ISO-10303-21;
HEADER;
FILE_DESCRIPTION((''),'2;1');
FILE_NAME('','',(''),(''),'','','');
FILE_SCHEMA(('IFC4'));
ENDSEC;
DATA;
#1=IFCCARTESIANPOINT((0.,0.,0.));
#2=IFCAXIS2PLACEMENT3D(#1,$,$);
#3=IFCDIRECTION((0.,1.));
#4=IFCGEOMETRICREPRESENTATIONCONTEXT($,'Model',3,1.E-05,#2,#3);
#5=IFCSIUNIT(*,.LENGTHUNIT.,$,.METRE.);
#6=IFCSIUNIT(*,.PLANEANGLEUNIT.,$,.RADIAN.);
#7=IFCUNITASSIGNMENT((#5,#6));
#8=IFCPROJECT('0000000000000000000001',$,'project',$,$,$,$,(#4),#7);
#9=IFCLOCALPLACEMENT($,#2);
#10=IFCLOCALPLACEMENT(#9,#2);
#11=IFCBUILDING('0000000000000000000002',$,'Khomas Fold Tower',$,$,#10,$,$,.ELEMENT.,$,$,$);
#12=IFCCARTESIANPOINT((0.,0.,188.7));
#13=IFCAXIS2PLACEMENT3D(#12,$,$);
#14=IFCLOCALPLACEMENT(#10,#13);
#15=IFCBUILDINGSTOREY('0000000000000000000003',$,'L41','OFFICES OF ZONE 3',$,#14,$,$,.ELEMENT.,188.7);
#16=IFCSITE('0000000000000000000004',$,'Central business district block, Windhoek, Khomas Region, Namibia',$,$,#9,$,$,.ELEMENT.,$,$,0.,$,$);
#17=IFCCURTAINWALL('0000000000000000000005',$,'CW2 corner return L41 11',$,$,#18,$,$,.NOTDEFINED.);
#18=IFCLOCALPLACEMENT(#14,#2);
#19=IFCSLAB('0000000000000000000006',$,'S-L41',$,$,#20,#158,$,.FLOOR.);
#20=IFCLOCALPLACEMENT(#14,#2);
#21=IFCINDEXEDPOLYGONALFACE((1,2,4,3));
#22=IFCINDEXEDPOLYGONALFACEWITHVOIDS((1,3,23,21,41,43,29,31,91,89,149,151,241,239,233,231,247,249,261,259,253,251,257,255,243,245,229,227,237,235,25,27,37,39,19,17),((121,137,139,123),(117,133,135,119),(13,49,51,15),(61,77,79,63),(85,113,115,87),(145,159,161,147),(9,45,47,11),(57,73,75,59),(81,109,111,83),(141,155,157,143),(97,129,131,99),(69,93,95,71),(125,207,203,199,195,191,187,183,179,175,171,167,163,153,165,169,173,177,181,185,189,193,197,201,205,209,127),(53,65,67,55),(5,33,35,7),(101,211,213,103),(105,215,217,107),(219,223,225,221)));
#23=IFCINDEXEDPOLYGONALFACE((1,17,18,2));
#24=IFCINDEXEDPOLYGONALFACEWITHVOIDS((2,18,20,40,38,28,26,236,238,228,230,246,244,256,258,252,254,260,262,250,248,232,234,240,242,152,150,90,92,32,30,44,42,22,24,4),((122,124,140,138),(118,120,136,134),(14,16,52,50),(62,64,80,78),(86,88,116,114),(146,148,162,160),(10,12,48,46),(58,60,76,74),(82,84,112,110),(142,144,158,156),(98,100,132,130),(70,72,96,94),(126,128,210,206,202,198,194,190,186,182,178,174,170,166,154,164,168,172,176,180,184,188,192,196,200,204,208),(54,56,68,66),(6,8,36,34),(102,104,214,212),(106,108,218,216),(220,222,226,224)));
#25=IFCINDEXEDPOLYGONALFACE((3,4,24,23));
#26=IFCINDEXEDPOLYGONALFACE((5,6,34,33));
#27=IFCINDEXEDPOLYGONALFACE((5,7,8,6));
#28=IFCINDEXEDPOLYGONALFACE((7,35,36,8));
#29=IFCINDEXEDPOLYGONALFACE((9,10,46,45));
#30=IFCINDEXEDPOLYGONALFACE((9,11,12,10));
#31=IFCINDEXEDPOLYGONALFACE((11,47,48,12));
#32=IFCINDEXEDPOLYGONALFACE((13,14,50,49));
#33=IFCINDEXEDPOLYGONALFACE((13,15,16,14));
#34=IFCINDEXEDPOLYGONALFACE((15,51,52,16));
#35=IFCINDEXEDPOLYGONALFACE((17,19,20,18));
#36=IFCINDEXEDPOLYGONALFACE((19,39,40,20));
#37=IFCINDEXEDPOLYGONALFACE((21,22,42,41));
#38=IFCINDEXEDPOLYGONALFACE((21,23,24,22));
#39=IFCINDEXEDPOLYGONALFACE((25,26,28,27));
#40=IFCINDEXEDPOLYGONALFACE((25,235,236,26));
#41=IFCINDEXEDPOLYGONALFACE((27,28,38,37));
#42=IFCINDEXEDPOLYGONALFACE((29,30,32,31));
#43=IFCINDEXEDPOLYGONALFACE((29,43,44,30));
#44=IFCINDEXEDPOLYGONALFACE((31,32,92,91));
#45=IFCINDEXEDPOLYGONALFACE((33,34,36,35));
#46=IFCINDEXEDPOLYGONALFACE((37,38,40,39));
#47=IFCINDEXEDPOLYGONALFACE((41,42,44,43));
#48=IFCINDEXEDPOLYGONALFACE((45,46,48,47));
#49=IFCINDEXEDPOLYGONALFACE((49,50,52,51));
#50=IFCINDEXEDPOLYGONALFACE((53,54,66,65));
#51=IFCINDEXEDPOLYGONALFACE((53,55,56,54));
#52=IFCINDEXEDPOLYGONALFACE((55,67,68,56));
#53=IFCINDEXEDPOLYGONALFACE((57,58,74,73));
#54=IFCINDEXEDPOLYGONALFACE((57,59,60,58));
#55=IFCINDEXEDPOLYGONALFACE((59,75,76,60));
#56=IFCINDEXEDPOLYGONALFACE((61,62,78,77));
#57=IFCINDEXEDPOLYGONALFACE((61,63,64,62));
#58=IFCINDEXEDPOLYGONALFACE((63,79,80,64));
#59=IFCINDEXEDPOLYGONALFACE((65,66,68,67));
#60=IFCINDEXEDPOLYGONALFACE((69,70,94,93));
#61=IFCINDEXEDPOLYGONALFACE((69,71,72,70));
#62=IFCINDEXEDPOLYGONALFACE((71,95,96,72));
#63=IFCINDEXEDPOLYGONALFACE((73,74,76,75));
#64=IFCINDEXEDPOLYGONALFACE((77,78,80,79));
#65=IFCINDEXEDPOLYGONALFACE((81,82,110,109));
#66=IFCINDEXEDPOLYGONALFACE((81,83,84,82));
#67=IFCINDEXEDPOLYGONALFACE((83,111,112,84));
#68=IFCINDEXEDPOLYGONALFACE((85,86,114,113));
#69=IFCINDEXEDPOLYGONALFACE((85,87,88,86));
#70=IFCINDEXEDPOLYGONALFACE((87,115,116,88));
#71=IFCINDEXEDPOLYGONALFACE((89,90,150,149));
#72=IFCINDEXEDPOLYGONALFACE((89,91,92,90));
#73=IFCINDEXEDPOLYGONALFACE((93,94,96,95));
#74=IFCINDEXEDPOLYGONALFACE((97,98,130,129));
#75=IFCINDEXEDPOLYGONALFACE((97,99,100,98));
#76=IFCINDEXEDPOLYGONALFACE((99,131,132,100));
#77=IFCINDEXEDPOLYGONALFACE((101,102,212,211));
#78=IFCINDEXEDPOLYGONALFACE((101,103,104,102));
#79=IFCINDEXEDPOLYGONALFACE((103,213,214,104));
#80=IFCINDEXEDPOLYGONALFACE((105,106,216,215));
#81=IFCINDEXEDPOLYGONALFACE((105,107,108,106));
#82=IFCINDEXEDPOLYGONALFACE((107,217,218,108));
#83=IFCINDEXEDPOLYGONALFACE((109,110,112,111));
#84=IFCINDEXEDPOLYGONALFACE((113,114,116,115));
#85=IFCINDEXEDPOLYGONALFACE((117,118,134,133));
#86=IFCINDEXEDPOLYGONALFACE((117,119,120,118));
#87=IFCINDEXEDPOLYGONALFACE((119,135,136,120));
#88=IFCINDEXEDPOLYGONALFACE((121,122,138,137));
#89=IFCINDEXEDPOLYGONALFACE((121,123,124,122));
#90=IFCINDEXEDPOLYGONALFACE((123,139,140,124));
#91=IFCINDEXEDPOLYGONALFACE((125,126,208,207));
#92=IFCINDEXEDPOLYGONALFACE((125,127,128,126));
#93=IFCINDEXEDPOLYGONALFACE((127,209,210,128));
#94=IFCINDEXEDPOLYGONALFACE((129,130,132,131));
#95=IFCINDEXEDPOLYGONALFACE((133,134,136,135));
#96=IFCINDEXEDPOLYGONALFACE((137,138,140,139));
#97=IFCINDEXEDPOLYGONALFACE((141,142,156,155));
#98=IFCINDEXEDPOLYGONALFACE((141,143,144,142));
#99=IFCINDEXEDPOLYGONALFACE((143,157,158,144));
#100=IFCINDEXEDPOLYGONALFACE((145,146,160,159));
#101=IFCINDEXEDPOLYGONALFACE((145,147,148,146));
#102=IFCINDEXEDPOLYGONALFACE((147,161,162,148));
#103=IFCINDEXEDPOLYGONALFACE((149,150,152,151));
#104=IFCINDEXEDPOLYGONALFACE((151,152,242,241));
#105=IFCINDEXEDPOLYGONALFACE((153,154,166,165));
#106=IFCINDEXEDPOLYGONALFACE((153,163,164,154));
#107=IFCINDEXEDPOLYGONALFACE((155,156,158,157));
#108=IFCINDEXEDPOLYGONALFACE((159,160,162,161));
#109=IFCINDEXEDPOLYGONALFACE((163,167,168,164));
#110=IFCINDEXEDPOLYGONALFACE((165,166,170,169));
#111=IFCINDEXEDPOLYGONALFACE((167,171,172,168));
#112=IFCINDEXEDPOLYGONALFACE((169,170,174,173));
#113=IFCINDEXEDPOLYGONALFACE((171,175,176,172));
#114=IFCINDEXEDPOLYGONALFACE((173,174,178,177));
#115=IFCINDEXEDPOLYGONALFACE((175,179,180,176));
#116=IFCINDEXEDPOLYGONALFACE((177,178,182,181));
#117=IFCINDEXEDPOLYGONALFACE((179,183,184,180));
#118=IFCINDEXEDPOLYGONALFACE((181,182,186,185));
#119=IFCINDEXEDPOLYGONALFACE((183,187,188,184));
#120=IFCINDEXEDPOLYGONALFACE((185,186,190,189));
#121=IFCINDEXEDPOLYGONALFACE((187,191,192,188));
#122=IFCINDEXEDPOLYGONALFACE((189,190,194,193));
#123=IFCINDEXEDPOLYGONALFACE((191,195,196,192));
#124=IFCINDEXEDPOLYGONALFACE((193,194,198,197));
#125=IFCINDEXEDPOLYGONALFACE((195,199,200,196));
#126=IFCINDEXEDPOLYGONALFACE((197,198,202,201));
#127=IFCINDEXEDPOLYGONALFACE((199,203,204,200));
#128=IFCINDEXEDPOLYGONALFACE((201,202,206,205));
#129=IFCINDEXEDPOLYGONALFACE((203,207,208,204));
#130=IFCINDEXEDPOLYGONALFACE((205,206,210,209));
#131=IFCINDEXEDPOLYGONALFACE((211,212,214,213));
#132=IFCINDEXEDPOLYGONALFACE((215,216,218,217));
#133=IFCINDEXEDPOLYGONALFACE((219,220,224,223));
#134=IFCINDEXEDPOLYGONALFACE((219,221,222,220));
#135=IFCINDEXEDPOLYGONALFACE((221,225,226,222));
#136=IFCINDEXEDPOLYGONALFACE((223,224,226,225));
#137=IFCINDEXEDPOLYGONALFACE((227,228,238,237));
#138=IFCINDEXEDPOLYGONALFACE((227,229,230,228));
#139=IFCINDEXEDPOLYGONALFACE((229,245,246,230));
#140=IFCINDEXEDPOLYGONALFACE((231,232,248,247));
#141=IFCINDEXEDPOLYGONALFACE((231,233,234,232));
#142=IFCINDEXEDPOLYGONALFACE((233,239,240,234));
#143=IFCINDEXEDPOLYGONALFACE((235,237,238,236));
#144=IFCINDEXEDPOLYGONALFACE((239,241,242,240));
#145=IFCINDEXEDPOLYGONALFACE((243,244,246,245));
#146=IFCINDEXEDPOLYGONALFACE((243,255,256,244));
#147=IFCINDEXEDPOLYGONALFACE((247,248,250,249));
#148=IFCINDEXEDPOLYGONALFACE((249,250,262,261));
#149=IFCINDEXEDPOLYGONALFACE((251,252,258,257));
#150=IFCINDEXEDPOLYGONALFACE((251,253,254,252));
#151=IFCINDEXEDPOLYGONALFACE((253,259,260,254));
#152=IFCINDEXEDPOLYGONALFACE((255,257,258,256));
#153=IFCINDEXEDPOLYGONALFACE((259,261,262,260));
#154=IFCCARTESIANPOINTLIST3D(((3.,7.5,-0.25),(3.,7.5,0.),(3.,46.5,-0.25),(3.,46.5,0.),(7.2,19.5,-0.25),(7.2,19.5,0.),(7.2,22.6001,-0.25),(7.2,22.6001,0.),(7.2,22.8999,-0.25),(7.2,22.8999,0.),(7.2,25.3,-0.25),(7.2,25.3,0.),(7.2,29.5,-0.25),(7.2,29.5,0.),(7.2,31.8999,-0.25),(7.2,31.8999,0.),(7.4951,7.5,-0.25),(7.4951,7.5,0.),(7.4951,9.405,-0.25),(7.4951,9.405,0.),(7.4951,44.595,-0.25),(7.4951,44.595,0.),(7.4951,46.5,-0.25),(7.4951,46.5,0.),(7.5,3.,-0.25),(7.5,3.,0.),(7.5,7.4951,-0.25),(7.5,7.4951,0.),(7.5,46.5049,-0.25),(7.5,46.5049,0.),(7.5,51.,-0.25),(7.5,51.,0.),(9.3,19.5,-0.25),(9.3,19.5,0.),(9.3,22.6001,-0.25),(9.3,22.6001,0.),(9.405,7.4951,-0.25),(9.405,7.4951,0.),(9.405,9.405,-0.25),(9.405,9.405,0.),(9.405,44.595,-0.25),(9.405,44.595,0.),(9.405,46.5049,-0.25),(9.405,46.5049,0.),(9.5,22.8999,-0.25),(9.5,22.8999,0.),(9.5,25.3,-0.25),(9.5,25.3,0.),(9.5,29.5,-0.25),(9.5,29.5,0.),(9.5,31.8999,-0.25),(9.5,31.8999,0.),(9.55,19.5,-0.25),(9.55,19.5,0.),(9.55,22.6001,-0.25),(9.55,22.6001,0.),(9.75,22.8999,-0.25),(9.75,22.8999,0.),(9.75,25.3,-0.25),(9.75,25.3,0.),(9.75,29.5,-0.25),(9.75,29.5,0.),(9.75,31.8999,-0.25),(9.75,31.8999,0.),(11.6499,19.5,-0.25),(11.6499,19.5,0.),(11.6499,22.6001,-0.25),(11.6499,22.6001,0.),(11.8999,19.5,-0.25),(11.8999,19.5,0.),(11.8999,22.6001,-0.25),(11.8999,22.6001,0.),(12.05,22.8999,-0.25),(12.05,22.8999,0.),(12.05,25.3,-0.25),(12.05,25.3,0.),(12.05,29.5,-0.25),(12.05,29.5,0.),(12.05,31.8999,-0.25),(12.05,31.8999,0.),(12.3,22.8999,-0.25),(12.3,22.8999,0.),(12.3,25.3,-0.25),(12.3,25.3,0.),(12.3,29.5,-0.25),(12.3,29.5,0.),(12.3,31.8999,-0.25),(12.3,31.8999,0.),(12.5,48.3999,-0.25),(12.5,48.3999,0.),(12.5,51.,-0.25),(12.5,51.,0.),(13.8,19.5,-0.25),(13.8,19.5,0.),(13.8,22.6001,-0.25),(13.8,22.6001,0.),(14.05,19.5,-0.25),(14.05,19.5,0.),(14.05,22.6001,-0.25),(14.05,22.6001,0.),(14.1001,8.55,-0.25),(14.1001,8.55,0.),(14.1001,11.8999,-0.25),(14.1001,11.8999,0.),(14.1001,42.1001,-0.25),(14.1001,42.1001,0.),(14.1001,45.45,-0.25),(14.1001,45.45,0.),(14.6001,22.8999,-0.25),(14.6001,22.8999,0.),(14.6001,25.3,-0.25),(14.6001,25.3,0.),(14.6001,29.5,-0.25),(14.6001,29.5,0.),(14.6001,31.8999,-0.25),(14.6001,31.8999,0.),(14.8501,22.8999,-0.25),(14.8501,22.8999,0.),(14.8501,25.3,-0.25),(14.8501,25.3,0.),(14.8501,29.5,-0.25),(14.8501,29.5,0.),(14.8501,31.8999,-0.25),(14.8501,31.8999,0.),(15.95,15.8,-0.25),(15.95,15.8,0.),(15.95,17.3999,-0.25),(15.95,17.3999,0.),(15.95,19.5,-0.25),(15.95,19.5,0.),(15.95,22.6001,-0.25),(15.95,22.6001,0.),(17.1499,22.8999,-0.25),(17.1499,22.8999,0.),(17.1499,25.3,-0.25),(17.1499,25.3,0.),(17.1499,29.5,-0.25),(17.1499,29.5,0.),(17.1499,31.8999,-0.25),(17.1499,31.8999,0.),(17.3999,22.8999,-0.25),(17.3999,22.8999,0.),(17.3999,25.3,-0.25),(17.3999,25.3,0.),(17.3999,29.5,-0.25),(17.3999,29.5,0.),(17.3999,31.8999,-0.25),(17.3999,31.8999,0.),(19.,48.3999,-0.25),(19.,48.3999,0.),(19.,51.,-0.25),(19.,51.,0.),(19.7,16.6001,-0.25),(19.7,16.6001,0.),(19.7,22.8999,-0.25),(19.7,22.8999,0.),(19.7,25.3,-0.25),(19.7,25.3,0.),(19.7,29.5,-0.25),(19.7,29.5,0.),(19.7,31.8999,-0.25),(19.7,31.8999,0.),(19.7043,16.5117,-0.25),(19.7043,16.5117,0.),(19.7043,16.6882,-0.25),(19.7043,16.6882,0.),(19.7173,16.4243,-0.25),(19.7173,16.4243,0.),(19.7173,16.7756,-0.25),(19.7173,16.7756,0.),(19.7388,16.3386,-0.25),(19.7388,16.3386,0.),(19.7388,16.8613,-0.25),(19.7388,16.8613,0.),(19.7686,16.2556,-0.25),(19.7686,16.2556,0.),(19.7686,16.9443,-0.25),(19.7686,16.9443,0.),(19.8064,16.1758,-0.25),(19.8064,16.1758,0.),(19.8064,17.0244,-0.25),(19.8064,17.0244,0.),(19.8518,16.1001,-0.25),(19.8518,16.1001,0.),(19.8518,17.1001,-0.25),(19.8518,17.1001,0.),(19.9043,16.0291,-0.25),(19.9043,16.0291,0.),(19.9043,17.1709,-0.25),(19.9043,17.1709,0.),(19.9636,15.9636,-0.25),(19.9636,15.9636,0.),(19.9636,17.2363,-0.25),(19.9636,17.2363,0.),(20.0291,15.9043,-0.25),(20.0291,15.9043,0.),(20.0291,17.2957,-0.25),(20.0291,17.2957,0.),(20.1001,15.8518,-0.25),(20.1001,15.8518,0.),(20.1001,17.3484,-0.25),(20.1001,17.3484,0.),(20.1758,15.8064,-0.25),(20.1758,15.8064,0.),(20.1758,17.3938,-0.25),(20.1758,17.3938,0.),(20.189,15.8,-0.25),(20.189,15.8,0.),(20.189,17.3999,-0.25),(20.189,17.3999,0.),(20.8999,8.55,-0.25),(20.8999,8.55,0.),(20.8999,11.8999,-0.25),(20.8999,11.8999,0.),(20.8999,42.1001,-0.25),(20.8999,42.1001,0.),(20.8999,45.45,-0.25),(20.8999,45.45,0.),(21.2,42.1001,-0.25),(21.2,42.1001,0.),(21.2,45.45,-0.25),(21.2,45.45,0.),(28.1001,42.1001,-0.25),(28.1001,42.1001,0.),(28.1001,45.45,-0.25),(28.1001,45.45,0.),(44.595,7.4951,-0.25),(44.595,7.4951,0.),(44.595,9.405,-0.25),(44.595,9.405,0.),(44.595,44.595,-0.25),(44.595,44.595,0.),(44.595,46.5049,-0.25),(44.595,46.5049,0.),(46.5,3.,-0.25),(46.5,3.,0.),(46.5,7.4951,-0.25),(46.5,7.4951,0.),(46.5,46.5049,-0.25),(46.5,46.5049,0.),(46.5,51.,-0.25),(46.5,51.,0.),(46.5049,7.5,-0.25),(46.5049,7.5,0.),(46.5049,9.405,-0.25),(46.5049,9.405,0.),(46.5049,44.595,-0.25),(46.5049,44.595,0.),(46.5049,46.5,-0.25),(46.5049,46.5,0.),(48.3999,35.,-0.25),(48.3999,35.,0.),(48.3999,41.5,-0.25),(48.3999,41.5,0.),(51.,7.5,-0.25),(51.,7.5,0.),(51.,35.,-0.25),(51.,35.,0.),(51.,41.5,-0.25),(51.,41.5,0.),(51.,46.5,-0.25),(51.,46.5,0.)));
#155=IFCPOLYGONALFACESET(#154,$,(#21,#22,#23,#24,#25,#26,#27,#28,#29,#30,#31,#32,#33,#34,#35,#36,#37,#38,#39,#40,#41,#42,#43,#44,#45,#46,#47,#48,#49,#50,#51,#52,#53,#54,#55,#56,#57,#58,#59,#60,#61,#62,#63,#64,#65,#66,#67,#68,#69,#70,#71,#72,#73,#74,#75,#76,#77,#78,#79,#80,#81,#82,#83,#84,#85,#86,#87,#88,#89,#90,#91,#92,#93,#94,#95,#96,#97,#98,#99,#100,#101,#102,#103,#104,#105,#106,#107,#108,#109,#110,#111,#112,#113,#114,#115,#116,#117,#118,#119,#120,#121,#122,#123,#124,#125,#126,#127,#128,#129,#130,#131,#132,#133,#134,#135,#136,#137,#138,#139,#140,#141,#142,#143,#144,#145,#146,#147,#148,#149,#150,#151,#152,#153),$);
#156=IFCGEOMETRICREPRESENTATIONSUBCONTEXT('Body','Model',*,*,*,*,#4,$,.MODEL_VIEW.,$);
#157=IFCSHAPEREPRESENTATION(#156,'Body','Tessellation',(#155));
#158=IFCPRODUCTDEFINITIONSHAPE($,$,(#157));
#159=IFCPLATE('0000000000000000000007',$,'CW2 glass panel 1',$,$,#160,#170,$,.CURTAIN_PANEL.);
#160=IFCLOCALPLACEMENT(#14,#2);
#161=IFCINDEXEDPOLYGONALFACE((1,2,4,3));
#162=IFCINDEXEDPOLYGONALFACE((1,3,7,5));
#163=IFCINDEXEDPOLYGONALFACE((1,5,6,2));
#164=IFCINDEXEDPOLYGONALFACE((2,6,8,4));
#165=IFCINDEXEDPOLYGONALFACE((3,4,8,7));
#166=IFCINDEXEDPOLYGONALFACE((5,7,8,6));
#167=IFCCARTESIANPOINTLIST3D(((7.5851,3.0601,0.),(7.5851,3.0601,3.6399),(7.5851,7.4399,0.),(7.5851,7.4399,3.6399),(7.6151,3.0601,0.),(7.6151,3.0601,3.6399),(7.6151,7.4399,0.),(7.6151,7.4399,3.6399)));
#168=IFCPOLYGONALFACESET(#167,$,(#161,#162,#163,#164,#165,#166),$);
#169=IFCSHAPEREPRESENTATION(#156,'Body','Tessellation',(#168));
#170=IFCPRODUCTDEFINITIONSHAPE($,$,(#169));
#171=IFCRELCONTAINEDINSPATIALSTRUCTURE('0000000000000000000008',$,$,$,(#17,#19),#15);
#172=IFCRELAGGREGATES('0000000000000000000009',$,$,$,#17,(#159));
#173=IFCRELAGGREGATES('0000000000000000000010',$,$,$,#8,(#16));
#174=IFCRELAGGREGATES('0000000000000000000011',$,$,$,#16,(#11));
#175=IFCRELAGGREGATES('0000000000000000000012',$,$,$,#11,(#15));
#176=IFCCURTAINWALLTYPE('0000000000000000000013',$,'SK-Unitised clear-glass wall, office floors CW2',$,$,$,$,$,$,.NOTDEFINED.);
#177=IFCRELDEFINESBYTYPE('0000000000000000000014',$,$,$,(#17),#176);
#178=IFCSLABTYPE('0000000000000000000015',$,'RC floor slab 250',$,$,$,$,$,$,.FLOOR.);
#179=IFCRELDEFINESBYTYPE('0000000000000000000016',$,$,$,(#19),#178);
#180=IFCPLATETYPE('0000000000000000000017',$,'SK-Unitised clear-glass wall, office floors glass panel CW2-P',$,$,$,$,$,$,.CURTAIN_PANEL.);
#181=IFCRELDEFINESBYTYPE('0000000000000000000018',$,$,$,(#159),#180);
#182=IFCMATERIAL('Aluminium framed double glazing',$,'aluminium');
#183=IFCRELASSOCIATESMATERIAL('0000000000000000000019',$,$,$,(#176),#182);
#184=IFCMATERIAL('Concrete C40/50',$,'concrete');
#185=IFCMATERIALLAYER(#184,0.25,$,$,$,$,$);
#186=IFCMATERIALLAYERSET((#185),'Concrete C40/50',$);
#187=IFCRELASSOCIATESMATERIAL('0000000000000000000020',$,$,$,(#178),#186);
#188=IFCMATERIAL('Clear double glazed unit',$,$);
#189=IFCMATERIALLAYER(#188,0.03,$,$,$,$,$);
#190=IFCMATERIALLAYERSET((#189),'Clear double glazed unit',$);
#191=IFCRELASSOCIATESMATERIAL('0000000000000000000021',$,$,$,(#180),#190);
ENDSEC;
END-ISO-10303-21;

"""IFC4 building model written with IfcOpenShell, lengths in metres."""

from ifc_helpers import new_model, si_unit, direction, frame, origin, origin_2d, place, context, subcontext, project, spatial, polyline, rectangle, outline, extrude, source, transform, mapped, material, layer, layer_set, type_object, element, aggregate, save


model = new_model("IFC4")

# Units and contexts
model_context = context("Model", 3, precision=1e-05, world=origin(), true_north=direction((0.0, 1.0)))
body_context = subcontext(model_context, "Body", "Model", "MODEL_VIEW")
ifc_project = project(units=[si_unit("LENGTHUNIT", "METRE"), si_unit("PLANEANGLEUNIT", "RADIAN")], contexts=[model_context])

# Site, building, storey
site_placement = place(None, origin())
site = spatial("IfcSite", under=ifc_project, at=site_placement, Name="Central business district block, Windhoek, Khomas Region, Namibia", CompositionType="ELEMENT", RefElevation=0.0)
building_placement = place(site_placement, origin())
building = spatial("IfcBuilding", under=site, at=building_placement, Name="Khomas Fold Tower", CompositionType="ELEMENT")
storey_placement = place(building_placement, frame((0.0, 0.0, 188.7)))
storey = spatial("IfcBuildingStorey", under=building, at=storey_placement, Name="L41", Description="OFFICES OF ZONE 3", CompositionType="ELEMENT", Elevation=188.7)

# Curtain wall
ifc_material_1 = material(Name="Aluminium framed double glazing", Category="aluminium")
curtain_wall_type = type_object("IfcCurtainWallType", Name="SK-Unitised clear-glass wall, office floors CW2", PredefinedType="NOTDEFINED", material=ifc_material_1)
curtain_wall_1_placement = place(storey_placement, origin())
curtain_wall_1 = element("IfcCurtainWall", 1, at=curtain_wall_1_placement, inside=storey, type_object=curtain_wall_type, Name="CW2 corner return L41 11", PredefinedType="NOTDEFINED")

# Slab
ifc_material_2 = material(Name="Concrete C40/50", Category="concrete")
ifc_layer_1 = layer(ifc_material_2, 0.25)
ifc_layer_set_1 = layer_set([ifc_layer_1], Name="Concrete C40/50")
slab_type_1 = type_object("IfcSlabType", Name="RC floor slab 250", PredefinedType="FLOOR", material=ifc_layer_set_1)
shared_shape_1 = source(origin(), body_context, "Body", "SweptSolid", [
    extrude(outline(polyline([(3.0, 7.5), (7.4951, 7.5), (7.4951, 9.405), (9.405, 9.405), (9.405, 7.4951), (7.5, 7.4951), (7.5, 3.0), (46.5, 3.0), (46.5, 7.4951), (44.595, 7.4951), (44.595, 9.405), (46.5049, 9.405), (46.5049, 7.5), (51.0, 7.5), (51.0, 35.0), (48.3999, 35.0), (48.3999, 41.5), (51.0, 41.5), (51.0, 46.5), (46.5049, 46.5), (46.5049, 44.595), (44.595, 44.595), (44.595, 46.5049), (46.5, 46.5049), (46.5, 51.0), (19.0, 51.0), (19.0, 48.3999), (12.5, 48.3999), (12.5, 51.0), (7.5, 51.0), (7.5, 46.5049), (9.405, 46.5049), (9.405, 44.595), (7.4951, 44.595), (7.4951, 46.5), (3.0, 46.5), (3.0, 7.5)]), holes=[polyline([(7.2, 19.5), (7.2, 22.6001), (9.3, 22.6001), (9.3, 19.5), (7.2, 19.5)]), polyline([(7.2, 22.8999), (7.2, 25.3), (9.5, 25.3), (9.5, 22.8999), (7.2, 22.8999)]), polyline([(7.2, 29.5), (7.2, 31.8999), (9.5, 31.8999), (9.5, 29.5), (7.2, 29.5)]), polyline([(9.55, 19.5), (9.55, 22.6001), (11.6499, 22.6001), (11.6499, 19.5), (9.55, 19.5)]), polyline([(9.75, 22.8999), (9.75, 25.3), (12.05, 25.3), (12.05, 22.8999), (9.75, 22.8999)]), polyline([(9.75, 29.5), (9.75, 31.8999), (12.05, 31.8999), (12.05, 29.5), (9.75, 29.5)]), polyline([(11.8999, 19.5), (11.8999, 22.6001), (13.8, 22.6001), (13.8, 19.5), (11.8999, 19.5)]), polyline([(12.3, 22.8999), (12.3, 25.3), (14.6001, 25.3), (14.6001, 22.8999), (12.3, 22.8999)]), polyline([(12.3, 29.5), (12.3, 31.8999), (14.6001, 31.8999), (14.6001, 29.5), (12.3, 29.5)]), polyline([(14.05, 19.5), (14.05, 22.6001), (15.95, 22.6001), (15.95, 19.5), (14.05, 19.5)]), polyline([(14.1001, 8.55), (14.1001, 11.8999), (20.8999, 11.8999), (20.8999, 8.55), (14.1001, 8.55)]), polyline([(14.1001, 42.1001), (14.1001, 45.45), (20.8999, 45.45), (20.8999, 42.1001), (14.1001, 42.1001)]), polyline([(14.8501, 22.8999), (14.8501, 25.3), (17.1499, 25.3), (17.1499, 22.8999), (14.8501, 22.8999)]), polyline([(14.8501, 29.5), (14.8501, 31.8999), (17.1499, 31.8999), (17.1499, 29.5), (14.8501, 29.5)]), polyline([(15.95, 15.8), (15.95, 17.3999), (20.189, 17.3999), (20.1758, 17.3938), (20.1001, 17.3484), (20.0291, 17.2957), (19.9636, 17.2363), (19.9043, 17.1709), (19.8518, 17.1001), (19.8064, 17.0244), (19.7686, 16.9443), (19.7388, 16.8613), (19.7173, 16.7756), (19.7043, 16.6882), (19.7, 16.6001), (19.7043, 16.5117), (19.7173, 16.4243), (19.7388, 16.3386), (19.7686, 16.2556), (19.8064, 16.1758), (19.8518, 16.1001), (19.9043, 16.0291), (19.9636, 15.9636), (20.0291, 15.9043), (20.1001, 15.8518), (20.1758, 15.8064), (20.189, 15.8), (15.95, 15.8)]), polyline([(17.3999, 22.8999), (17.3999, 25.3), (19.7, 25.3), (19.7, 22.8999), (17.3999, 22.8999)]), polyline([(17.3999, 29.5), (17.3999, 31.8999), (19.7, 31.8999), (19.7, 29.5), (17.3999, 29.5)]), polyline([(21.2, 42.1001), (21.2, 45.45), (28.1001, 45.45), (28.1001, 42.1001), (21.2, 42.1001)])]), origin(), (0.0, 0.0, 1.0), 0.25),
])
slab_1_placement = place(storey_placement, frame((0.0, 0.0, -0.25)))
element("IfcSlab", 2, at=slab_1_placement, inside=storey, type_object=slab_type_1, Name="S-L41", PredefinedType="FLOOR", context=body_context, shape_type="MappedRepresentation", body=[
    mapped(shared_shape_1, transform((0.0, 0.0, 0.0))),
])

# Plate
ifc_material_3 = material(Name="Clear double glazed unit")
ifc_layer_2 = layer(ifc_material_3, 0.03)
ifc_layer_set_2 = layer_set([ifc_layer_2], Name="Clear double glazed unit")
plate_type_1 = type_object("IfcPlateType", Name="SK-Unitised clear-glass wall, office floors glass panel CW2-P", PredefinedType="CURTAIN_PANEL", material=ifc_layer_set_2)
shared_shape_2 = source(origin(), body_context, "Body", "SweptSolid", [
    extrude(rectangle(XDim=4.3799, YDim=0.03, at=origin_2d()), origin(), (0.0, 0.0, 1.0), 3.6399),
])
plate_1_placement = place(storey_placement, frame((7.6001, 5.25, 0.0), z_axis=(0.0, 0.0, 1.0), x_axis=(0.0, -1.0, 0.0)))
plate_1 = element("IfcPlate", 3, at=plate_1_placement, type_object=plate_type_1, Name="CW2 glass panel 1", PredefinedType="CURTAIN_PANEL", context=body_context, shape_type="MappedRepresentation", body=[
    mapped(shared_shape_2, transform((0.0, 0.0, 0.0))),
])
aggregate(curtain_wall_1, [plate_1])

save(model, "model.ifc")
